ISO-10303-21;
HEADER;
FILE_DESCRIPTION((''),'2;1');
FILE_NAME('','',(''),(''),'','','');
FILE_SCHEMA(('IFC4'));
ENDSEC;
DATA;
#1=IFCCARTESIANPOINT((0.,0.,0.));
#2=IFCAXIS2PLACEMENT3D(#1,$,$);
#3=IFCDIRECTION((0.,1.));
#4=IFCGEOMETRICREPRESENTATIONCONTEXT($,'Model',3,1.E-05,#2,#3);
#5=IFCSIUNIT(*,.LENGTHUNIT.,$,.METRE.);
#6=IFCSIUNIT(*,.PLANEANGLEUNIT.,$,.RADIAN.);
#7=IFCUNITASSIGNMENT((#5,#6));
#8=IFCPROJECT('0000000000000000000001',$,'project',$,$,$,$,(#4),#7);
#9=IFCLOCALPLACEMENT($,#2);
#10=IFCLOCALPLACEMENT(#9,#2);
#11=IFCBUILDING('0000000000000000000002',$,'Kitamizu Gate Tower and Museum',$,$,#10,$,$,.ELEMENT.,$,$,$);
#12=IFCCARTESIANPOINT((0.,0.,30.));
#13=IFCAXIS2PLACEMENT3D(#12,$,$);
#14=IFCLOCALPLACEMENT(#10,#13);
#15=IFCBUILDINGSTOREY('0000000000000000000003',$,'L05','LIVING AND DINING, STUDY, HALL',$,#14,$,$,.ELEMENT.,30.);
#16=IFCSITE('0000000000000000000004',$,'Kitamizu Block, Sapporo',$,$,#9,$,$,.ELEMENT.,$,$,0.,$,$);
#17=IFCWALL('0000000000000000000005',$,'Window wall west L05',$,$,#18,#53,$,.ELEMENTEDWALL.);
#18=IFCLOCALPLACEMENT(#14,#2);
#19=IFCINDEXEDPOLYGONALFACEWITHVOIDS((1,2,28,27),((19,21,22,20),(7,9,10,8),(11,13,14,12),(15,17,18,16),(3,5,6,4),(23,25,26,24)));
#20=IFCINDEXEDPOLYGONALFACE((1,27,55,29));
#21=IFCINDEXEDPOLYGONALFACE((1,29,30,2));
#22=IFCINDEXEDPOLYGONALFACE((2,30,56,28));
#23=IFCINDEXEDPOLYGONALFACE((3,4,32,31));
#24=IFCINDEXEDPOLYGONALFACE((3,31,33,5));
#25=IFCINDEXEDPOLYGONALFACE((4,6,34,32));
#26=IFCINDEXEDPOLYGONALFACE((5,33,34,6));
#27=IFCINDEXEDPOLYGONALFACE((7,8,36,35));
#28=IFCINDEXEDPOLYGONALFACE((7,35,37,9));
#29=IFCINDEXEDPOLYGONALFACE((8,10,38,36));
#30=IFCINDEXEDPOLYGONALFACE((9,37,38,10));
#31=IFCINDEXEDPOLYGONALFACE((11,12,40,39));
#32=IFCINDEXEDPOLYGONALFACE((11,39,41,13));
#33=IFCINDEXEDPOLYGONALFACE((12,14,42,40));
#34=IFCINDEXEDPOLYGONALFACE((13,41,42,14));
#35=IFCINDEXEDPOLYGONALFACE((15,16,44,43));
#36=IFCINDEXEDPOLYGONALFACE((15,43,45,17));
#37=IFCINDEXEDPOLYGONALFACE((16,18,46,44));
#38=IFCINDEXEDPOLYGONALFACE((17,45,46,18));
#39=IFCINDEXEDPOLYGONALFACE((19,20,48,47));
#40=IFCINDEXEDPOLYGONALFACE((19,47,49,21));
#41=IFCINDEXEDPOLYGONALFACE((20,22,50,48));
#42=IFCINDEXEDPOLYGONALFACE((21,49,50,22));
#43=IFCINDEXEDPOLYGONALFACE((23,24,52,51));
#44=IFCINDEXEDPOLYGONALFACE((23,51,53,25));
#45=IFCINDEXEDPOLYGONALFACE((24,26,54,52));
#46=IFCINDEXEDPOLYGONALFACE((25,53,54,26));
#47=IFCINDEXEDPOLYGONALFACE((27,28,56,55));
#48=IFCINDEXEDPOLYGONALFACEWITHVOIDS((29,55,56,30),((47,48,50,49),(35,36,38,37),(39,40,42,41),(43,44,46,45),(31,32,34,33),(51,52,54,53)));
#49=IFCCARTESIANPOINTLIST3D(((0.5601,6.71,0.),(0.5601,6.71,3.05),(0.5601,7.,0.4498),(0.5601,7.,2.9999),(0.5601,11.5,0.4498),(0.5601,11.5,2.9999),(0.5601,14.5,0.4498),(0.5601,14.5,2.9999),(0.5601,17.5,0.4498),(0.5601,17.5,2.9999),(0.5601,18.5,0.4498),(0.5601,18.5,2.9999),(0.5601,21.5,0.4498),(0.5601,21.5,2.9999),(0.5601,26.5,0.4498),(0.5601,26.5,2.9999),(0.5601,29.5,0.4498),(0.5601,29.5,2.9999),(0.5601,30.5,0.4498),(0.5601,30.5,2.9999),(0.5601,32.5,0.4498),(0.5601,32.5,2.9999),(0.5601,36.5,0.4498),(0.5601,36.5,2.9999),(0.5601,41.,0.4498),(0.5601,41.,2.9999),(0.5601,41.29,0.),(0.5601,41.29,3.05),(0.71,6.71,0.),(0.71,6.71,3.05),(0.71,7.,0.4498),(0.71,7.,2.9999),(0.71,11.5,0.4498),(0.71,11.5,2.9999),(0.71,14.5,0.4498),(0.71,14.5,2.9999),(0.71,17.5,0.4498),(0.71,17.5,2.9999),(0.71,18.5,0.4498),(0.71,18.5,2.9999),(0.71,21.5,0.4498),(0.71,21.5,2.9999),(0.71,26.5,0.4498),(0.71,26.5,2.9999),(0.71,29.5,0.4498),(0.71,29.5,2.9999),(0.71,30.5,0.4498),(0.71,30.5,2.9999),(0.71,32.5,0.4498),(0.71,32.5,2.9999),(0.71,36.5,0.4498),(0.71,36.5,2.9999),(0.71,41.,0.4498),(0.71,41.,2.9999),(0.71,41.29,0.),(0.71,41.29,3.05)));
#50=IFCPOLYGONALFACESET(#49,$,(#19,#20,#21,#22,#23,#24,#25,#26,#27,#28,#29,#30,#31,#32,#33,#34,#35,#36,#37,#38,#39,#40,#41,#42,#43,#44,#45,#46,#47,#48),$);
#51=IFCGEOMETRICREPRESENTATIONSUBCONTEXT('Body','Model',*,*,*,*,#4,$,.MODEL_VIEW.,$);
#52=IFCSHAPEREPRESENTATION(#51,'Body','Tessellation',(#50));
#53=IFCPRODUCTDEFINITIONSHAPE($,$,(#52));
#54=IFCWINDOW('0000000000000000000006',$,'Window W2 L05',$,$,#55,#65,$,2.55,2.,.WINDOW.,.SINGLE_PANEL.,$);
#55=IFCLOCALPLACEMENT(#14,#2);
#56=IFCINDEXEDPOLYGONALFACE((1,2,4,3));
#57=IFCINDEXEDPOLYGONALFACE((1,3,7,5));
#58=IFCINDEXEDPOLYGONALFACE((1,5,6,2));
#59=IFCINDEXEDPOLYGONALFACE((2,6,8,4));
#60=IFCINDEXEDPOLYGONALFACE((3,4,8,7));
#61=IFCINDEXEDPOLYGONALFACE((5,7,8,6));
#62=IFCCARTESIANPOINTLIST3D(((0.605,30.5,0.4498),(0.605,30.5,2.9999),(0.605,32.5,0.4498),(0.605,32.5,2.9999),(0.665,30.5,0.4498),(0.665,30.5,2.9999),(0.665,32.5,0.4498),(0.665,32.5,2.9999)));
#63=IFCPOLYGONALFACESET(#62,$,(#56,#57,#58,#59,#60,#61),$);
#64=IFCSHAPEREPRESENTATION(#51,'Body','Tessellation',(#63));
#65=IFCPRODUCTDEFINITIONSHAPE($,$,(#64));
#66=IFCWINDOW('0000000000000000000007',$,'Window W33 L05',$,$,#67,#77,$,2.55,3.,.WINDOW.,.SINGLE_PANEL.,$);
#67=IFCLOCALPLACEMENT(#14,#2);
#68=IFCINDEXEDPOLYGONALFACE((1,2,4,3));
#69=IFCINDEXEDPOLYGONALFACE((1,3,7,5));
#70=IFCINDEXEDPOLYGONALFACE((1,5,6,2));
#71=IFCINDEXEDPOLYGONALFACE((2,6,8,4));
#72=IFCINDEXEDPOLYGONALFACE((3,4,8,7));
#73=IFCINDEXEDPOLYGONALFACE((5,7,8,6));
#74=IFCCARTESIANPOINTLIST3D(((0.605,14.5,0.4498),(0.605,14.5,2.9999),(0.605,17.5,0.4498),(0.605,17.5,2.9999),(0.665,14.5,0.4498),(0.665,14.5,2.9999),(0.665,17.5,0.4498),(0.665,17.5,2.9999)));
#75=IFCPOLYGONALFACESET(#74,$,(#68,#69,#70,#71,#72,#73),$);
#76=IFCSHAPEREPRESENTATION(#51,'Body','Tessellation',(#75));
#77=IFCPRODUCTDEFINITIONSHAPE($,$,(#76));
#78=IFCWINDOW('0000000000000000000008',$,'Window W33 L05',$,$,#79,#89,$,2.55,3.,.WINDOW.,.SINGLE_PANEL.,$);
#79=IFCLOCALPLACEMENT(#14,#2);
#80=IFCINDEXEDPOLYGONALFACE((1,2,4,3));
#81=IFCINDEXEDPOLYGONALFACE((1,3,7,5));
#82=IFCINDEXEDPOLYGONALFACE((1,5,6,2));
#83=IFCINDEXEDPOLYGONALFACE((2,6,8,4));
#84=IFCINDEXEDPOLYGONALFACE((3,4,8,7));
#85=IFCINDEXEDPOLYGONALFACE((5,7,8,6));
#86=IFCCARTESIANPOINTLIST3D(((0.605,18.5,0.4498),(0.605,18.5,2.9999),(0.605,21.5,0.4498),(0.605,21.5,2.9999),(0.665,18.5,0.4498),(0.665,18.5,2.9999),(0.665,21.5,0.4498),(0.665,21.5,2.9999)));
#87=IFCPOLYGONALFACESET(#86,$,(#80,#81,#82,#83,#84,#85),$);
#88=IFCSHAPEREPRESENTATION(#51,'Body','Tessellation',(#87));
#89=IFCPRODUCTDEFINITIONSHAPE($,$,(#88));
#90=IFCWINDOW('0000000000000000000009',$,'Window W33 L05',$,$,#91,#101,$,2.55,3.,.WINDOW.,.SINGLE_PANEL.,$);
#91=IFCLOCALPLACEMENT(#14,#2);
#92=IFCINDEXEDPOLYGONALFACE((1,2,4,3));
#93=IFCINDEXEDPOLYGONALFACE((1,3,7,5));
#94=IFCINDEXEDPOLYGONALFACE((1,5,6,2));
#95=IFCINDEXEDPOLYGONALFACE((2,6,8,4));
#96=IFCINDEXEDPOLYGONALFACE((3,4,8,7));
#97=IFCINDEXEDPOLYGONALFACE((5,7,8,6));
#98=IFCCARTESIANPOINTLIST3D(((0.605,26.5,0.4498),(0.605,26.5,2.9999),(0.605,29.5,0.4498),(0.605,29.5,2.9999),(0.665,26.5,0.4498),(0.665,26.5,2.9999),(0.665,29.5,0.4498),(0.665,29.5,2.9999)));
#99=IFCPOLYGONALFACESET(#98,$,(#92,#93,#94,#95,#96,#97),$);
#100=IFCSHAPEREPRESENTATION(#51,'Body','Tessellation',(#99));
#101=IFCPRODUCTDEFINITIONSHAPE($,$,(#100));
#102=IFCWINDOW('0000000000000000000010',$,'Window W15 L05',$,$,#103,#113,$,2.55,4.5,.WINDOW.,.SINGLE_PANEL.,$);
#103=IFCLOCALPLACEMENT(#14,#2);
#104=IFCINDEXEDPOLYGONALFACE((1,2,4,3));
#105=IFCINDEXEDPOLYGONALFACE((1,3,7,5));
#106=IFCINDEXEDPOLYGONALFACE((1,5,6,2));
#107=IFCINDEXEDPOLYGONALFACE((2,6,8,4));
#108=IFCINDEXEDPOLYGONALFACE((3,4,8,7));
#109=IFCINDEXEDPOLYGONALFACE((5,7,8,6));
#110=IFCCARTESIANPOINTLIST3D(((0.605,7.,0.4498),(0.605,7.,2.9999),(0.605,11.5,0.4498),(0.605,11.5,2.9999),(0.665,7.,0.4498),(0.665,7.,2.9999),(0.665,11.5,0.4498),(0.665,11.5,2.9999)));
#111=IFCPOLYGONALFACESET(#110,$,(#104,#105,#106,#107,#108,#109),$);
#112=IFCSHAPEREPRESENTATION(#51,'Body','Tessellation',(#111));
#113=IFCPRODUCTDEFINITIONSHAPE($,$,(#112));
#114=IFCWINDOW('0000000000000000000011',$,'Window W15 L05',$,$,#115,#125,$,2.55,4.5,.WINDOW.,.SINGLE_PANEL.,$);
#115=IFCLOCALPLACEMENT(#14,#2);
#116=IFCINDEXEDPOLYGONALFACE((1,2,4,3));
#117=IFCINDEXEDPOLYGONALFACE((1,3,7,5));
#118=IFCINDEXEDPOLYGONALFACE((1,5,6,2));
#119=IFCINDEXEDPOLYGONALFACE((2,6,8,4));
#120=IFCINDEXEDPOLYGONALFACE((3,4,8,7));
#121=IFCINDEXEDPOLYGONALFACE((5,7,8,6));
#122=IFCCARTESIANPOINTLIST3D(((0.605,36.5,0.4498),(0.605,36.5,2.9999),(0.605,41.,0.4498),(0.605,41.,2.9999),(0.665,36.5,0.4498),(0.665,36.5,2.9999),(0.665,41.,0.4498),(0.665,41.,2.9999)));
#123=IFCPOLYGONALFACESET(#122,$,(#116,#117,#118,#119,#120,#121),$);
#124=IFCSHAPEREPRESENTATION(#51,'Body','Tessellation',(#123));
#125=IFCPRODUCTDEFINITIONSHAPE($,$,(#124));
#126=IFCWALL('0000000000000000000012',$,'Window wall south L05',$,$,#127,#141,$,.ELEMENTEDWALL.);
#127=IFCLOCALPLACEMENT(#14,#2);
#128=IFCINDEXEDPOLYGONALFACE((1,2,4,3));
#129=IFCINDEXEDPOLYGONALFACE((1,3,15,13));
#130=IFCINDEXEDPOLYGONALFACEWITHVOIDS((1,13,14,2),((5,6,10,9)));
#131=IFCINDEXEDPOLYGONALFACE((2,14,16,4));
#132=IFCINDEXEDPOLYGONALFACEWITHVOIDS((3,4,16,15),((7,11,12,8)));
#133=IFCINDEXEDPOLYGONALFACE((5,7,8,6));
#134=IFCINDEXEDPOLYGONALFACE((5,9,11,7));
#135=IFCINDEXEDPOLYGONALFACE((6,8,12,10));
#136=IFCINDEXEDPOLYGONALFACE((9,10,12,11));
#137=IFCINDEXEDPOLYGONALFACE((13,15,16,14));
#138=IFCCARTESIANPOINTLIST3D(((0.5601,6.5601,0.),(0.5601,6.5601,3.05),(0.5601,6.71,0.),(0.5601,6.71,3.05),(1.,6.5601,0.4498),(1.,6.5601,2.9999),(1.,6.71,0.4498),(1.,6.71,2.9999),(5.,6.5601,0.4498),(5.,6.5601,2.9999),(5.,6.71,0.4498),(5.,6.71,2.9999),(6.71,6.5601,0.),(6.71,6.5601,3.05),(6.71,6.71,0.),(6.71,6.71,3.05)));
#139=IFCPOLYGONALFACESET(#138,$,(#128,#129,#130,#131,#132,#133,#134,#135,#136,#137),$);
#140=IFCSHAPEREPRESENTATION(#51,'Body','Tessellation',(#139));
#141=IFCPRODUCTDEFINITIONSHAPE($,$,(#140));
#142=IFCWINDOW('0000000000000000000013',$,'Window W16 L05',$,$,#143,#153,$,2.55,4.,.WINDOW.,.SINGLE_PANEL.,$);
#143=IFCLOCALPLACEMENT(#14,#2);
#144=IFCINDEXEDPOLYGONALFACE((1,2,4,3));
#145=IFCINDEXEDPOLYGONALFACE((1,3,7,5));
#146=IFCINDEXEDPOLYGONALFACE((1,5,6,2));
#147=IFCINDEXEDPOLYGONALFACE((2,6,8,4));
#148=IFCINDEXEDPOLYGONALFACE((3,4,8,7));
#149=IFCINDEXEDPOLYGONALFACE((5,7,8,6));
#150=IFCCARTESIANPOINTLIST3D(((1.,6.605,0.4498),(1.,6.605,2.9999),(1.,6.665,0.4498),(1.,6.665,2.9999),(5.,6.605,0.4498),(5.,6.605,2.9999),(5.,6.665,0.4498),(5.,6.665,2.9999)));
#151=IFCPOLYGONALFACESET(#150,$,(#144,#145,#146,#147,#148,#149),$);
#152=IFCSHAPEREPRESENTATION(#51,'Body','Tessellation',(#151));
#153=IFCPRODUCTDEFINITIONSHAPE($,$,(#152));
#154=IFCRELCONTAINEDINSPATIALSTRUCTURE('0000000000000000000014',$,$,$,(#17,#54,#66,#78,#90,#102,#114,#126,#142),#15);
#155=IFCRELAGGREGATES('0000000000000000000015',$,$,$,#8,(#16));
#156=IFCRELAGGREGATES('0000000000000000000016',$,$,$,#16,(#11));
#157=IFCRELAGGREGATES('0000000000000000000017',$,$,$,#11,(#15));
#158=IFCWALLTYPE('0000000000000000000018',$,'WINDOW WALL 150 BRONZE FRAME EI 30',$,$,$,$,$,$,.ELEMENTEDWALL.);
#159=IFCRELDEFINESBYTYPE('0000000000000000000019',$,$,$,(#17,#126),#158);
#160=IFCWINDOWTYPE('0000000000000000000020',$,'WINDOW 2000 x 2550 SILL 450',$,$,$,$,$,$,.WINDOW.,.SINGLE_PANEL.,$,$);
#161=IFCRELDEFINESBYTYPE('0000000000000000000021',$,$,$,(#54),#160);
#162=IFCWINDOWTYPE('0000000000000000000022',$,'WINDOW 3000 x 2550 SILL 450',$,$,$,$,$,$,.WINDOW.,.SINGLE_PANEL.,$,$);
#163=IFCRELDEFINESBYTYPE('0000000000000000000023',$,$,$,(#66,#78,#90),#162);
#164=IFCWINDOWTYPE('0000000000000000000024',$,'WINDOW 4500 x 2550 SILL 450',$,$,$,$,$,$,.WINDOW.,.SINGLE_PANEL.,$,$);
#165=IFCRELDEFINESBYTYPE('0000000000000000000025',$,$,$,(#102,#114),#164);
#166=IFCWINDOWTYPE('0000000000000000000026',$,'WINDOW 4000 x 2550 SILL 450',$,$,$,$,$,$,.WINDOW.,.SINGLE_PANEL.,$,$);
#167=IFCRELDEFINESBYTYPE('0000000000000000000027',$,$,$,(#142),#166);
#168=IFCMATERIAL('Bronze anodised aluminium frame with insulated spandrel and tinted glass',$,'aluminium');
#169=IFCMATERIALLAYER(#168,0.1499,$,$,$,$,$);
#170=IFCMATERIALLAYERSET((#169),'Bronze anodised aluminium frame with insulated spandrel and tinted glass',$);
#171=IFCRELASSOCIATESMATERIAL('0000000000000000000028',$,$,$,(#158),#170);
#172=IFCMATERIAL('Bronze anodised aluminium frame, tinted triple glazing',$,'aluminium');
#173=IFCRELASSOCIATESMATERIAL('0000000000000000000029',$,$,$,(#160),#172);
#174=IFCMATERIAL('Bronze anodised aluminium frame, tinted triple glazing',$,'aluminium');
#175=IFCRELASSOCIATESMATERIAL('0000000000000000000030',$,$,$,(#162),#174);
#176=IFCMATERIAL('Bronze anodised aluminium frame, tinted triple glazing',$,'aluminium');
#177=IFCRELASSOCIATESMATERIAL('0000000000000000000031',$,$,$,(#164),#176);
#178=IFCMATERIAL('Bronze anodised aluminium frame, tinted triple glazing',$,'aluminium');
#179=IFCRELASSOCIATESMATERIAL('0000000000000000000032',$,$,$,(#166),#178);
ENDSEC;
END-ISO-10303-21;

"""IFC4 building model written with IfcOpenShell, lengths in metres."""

from ifc_helpers import new_model, si_unit, direction, frame, frame_2d, origin, place, context, subcontext, project, spatial, rectangle, extrude, material, layer, layer_set, type_object, element, fill, save


model = new_model("IFC4")

# Units and contexts
model_context = context("Model", 3, precision=1e-05, world=origin(), true_north=direction((0.0, 1.0)))
body_context = subcontext(model_context, "Body", "Model", "MODEL_VIEW")
ifc_project = project(units=[si_unit("LENGTHUNIT", "METRE"), si_unit("PLANEANGLEUNIT", "RADIAN")], contexts=[model_context])

# Site, building, storey
site_placement = place(None, origin())
site = spatial("IfcSite", under=ifc_project, at=site_placement, Name="Kitamizu Block, Sapporo", CompositionType="ELEMENT", RefElevation=0.0)
building_placement = place(site_placement, origin())
building = spatial("IfcBuilding", under=site, at=building_placement, Name="Kitamizu Gate Tower and Museum", CompositionType="ELEMENT")
storey_placement = place(building_placement, frame((0.0, 0.0, 30.0)))
storey = spatial("IfcBuildingStorey", under=building, at=storey_placement, Name="L05", Description="LIVING AND DINING, STUDY, HALL", CompositionType="ELEMENT", Elevation=30.0)

# Wall, openings, windows
ifc_material_1 = material(Name="Bronze anodised aluminium frame with insulated spandrel and tinted glass", Category="aluminium")
ifc_layer_1 = layer(ifc_material_1, 0.1499)
ifc_layer_set_1 = layer_set([ifc_layer_1], Name="Bronze anodised aluminium frame with insulated spandrel and tinted glass")
wall_type = type_object("IfcWallType", Name="WINDOW WALL 150 BRONZE FRAME EI 30", PredefinedType="ELEMENTEDWALL", material=ifc_layer_set_1)
wall_1_placement = place(storey_placement, frame((0.635, 6.71, 0.0), z_axis=(0.0, 0.0, 1.0), x_axis=(0.0, 1.0, 0.0)))
wall_1 = element("IfcWall", 1, at=wall_1_placement, inside=storey, type_object=wall_type, Name="Window wall west L05", PredefinedType="ELEMENTEDWALL", context=body_context, shape_type="SweptSolid", body=[
    extrude(rectangle(XDim=34.5801, YDim=0.1499, at=frame_2d((17.29, 0.0))), origin(), (0.0, 0.0, 1.0), 3.05),
])
opening_1_placement = place(wall_1_placement, frame((0.29, 0.0, 0.45)))
opening_1 = element("IfcOpeningElement", 2, at=opening_1_placement, cuts=wall_1, PredefinedType="OPENING", context=body_context, shape_type="SweptSolid", body=[
    extrude(rectangle(XDim=4.5, YDim=2.55, at=frame_2d((2.25, 1.2749))), frame((0.0, 0.085, 0.0), z_axis=(0.0, -1.0, 0.0), x_axis=(1.0, 0.0, 0.0)), (0.0, 0.0, 1.0), 0.1699),
])
opening_2_placement = place(wall_1_placement, frame((7.79, 0.0, 0.45)))
opening_2 = element("IfcOpeningElement", 3, at=opening_2_placement, cuts=wall_1, PredefinedType="OPENING", context=body_context, shape_type="SweptSolid", body=[
    extrude(rectangle(XDim=3.0, YDim=2.55, at=frame_2d((1.5, 1.2749))), frame((0.0, 0.085, 0.0), z_axis=(0.0, -1.0, 0.0), x_axis=(1.0, 0.0, 0.0)), (0.0, 0.0, 1.0), 0.1699),
])
opening_3_placement = place(wall_1_placement, frame((11.79, 0.0, 0.45)))
opening_3 = element("IfcOpeningElement", 4, at=opening_3_placement, cuts=wall_1, PredefinedType="OPENING", context=body_context, shape_type="SweptSolid", body=[
    extrude(rectangle(XDim=3.0, YDim=2.55, at=frame_2d((1.5, 1.2749))), frame((0.0, 0.085, 0.0), z_axis=(0.0, -1.0, 0.0), x_axis=(1.0, 0.0, 0.0)), (0.0, 0.0, 1.0), 0.1699),
])
opening_4_placement = place(wall_1_placement, frame((19.79, 0.0, 0.45)))
opening_4 = element("IfcOpeningElement", 5, at=opening_4_placement, cuts=wall_1, PredefinedType="OPENING", context=body_context, shape_type="SweptSolid", body=[
    extrude(rectangle(XDim=3.0, YDim=2.55, at=frame_2d((1.5, 1.2749))), frame((0.0, 0.085, 0.0), z_axis=(0.0, -1.0, 0.0), x_axis=(1.0, 0.0, 0.0)), (0.0, 0.0, 1.0), 0.1699),
])
opening_5_placement = place(wall_1_placement, frame((23.79, 0.0, 0.45)))
opening_5 = element("IfcOpeningElement", 6, at=opening_5_placement, cuts=wall_1, PredefinedType="OPENING", context=body_context, shape_type="SweptSolid", body=[
    extrude(rectangle(XDim=2.0, YDim=2.55, at=frame_2d((1.0, 1.2749))), frame((0.0, 0.085, 0.0), z_axis=(0.0, -1.0, 0.0), x_axis=(1.0, 0.0, 0.0)), (0.0, 0.0, 1.0), 0.1699),
])
opening_6_placement = place(wall_1_placement, frame((29.79, 0.0, 0.45)))
opening_6 = element("IfcOpeningElement", 7, at=opening_6_placement, cuts=wall_1, PredefinedType="OPENING", context=body_context, shape_type="SweptSolid", body=[
    extrude(rectangle(XDim=4.5, YDim=2.55, at=frame_2d((2.25, 1.2749))), frame((0.0, 0.085, 0.0), z_axis=(0.0, -1.0, 0.0), x_axis=(1.0, 0.0, 0.0)), (0.0, 0.0, 1.0), 0.1699),
])
ifc_material_2 = material(Name="Bronze anodised aluminium frame, tinted triple glazing", Category="aluminium")
window_type_1 = type_object("IfcWindowType", Name="WINDOW 2000 x 2550 SILL 450", PartitioningType="SINGLE_PANEL", PredefinedType="WINDOW", material=ifc_material_2)
window_1_placement = place(opening_5_placement, origin())
window_1 = element("IfcWindow", 8, at=window_1_placement, inside=storey, type_object=window_type_1, Name="Window W2 L05", OverallHeight=2.55, OverallWidth=2.0, PartitioningType="SINGLE_PANEL", PredefinedType="WINDOW", context=body_context, shape_type="SweptSolid", body=[
    extrude(rectangle(XDim=2.0, YDim=2.55, at=frame_2d((1.0, 1.2749))), frame((0.0, 0.03, 0.0), z_axis=(0.0, -1.0, 0.0), x_axis=(1.0, 0.0, 0.0)), (0.0, 0.0, 1.0), 0.0601),
])
fill(opening_5, window_1)
ifc_material_3 = material(Name="Bronze anodised aluminium frame, tinted triple glazing", Category="aluminium")
window_type_2 = type_object("IfcWindowType", Name="WINDOW 3000 x 2550 SILL 450", PartitioningType="SINGLE_PANEL", PredefinedType="WINDOW", material=ifc_material_3)
window_2_placement = place(opening_2_placement, origin())
window_2 = element("IfcWindow", 9, at=window_2_placement, inside=storey, type_object=window_type_2, Name="Window W33 L05", OverallHeight=2.55, OverallWidth=3.0, PartitioningType="SINGLE_PANEL", PredefinedType="WINDOW", context=body_context, shape_type="SweptSolid", body=[
    extrude(rectangle(XDim=3.0, YDim=2.55, at=frame_2d((1.5, 1.2749))), frame((0.0, 0.03, 0.0), z_axis=(0.0, -1.0, 0.0), x_axis=(1.0, 0.0, 0.0)), (0.0, 0.0, 1.0), 0.0601),
])
fill(opening_2, window_2)
window_3_placement = place(opening_3_placement, origin())
window_3 = element("IfcWindow", 10, at=window_3_placement, inside=storey, type_object=window_type_2, Name="Window W33 L05", OverallHeight=2.55, OverallWidth=3.0, PartitioningType="SINGLE_PANEL", PredefinedType="WINDOW", context=body_context, shape_type="SweptSolid", body=[
    extrude(rectangle(XDim=3.0, YDim=2.55, at=frame_2d((1.5, 1.2749))), frame((0.0, 0.03, 0.0), z_axis=(0.0, -1.0, 0.0), x_axis=(1.0, 0.0, 0.0)), (0.0, 0.0, 1.0), 0.0601),
])
fill(opening_3, window_3)
window_4_placement = place(opening_4_placement, origin())
window_4 = element("IfcWindow", 11, at=window_4_placement, inside=storey, type_object=window_type_2, Name="Window W33 L05", OverallHeight=2.55, OverallWidth=3.0, PartitioningType="SINGLE_PANEL", PredefinedType="WINDOW", context=body_context, shape_type="SweptSolid", body=[
    extrude(rectangle(XDim=3.0, YDim=2.55, at=frame_2d((1.5, 1.2749))), frame((0.0, 0.03, 0.0), z_axis=(0.0, -1.0, 0.0), x_axis=(1.0, 0.0, 0.0)), (0.0, 0.0, 1.0), 0.0601),
])
fill(opening_4, window_4)
ifc_material_4 = material(Name="Bronze anodised aluminium frame, tinted triple glazing", Category="aluminium")
window_type_3 = type_object("IfcWindowType", Name="WINDOW 4500 x 2550 SILL 450", PartitioningType="SINGLE_PANEL", PredefinedType="WINDOW", material=ifc_material_4)
window_5_placement = place(opening_1_placement, origin())
window_5 = element("IfcWindow", 12, at=window_5_placement, inside=storey, type_object=window_type_3, Name="Window W15 L05", OverallHeight=2.55, OverallWidth=4.5, PartitioningType="SINGLE_PANEL", PredefinedType="WINDOW", context=body_context, shape_type="SweptSolid", body=[
    extrude(rectangle(XDim=4.5, YDim=2.55, at=frame_2d((2.25, 1.2749))), frame((0.0, 0.03, 0.0), z_axis=(0.0, -1.0, 0.0), x_axis=(1.0, 0.0, 0.0)), (0.0, 0.0, 1.0), 0.0601),
])
fill(opening_1, window_5)
window_6_placement = place(opening_6_placement, origin())
window_6 = element("IfcWindow", 13, at=window_6_placement, inside=storey, type_object=window_type_3, Name="Window W15 L05", OverallHeight=2.55, OverallWidth=4.5, PartitioningType="SINGLE_PANEL", PredefinedType="WINDOW", context=body_context, shape_type="SweptSolid", body=[
    extrude(rectangle(XDim=4.5, YDim=2.55, at=frame_2d((2.25, 1.2749))), frame((0.0, 0.03, 0.0), z_axis=(0.0, -1.0, 0.0), x_axis=(1.0, 0.0, 0.0)), (0.0, 0.0, 1.0), 0.0601),
])
fill(opening_6, window_6)

# Wall, opening, window
wall_2_placement = place(storey_placement, frame((0.5601, 6.635, 0.0), z_axis=(0.0, 0.0, 1.0), x_axis=(1.0, 0.0, 0.0)))
wall_2 = element("IfcWall", 14, at=wall_2_placement, inside=storey, type_object=wall_type, Name="Window wall south L05", PredefinedType="ELEMENTEDWALL", context=body_context, shape_type="SweptSolid", body=[
    extrude(rectangle(XDim=6.1499, YDim=0.1499, at=frame_2d((3.075, 0.0))), origin(), (0.0, 0.0, 1.0), 3.05),
])
opening_7_placement = place(wall_2_placement, frame((0.4399, 0.0, 0.45)))
opening_7 = element("IfcOpeningElement", 15, at=opening_7_placement, cuts=wall_2, PredefinedType="OPENING", context=body_context, shape_type="SweptSolid", body=[
    extrude(rectangle(XDim=4.0, YDim=2.55, at=frame_2d((2.0, 1.2749))), frame((0.0, 0.085, 0.0), z_axis=(0.0, -1.0, 0.0), x_axis=(1.0, 0.0, 0.0)), (0.0, 0.0, 1.0), 0.1699),
])
ifc_material_5 = material(Name="Bronze anodised aluminium frame, tinted triple glazing", Category="aluminium")
window_type_4 = type_object("IfcWindowType", Name="WINDOW 4000 x 2550 SILL 450", PartitioningType="SINGLE_PANEL", PredefinedType="WINDOW", material=ifc_material_5)
window_7_placement = place(opening_7_placement, origin())
window_7 = element("IfcWindow", 16, at=window_7_placement, inside=storey, type_object=window_type_4, Name="Window W16 L05", OverallHeight=2.55, OverallWidth=4.0, PartitioningType="SINGLE_PANEL", PredefinedType="WINDOW", context=body_context, shape_type="SweptSolid", body=[
    extrude(rectangle(XDim=4.0, YDim=2.55, at=frame_2d((2.0, 1.2749))), frame((0.0, 0.03, 0.0), z_axis=(0.0, -1.0, 0.0), x_axis=(1.0, 0.0, 0.0)), (0.0, 0.0, 1.0), 0.0601),
])
fill(opening_7, window_7)

save(model, "model.ifc")
